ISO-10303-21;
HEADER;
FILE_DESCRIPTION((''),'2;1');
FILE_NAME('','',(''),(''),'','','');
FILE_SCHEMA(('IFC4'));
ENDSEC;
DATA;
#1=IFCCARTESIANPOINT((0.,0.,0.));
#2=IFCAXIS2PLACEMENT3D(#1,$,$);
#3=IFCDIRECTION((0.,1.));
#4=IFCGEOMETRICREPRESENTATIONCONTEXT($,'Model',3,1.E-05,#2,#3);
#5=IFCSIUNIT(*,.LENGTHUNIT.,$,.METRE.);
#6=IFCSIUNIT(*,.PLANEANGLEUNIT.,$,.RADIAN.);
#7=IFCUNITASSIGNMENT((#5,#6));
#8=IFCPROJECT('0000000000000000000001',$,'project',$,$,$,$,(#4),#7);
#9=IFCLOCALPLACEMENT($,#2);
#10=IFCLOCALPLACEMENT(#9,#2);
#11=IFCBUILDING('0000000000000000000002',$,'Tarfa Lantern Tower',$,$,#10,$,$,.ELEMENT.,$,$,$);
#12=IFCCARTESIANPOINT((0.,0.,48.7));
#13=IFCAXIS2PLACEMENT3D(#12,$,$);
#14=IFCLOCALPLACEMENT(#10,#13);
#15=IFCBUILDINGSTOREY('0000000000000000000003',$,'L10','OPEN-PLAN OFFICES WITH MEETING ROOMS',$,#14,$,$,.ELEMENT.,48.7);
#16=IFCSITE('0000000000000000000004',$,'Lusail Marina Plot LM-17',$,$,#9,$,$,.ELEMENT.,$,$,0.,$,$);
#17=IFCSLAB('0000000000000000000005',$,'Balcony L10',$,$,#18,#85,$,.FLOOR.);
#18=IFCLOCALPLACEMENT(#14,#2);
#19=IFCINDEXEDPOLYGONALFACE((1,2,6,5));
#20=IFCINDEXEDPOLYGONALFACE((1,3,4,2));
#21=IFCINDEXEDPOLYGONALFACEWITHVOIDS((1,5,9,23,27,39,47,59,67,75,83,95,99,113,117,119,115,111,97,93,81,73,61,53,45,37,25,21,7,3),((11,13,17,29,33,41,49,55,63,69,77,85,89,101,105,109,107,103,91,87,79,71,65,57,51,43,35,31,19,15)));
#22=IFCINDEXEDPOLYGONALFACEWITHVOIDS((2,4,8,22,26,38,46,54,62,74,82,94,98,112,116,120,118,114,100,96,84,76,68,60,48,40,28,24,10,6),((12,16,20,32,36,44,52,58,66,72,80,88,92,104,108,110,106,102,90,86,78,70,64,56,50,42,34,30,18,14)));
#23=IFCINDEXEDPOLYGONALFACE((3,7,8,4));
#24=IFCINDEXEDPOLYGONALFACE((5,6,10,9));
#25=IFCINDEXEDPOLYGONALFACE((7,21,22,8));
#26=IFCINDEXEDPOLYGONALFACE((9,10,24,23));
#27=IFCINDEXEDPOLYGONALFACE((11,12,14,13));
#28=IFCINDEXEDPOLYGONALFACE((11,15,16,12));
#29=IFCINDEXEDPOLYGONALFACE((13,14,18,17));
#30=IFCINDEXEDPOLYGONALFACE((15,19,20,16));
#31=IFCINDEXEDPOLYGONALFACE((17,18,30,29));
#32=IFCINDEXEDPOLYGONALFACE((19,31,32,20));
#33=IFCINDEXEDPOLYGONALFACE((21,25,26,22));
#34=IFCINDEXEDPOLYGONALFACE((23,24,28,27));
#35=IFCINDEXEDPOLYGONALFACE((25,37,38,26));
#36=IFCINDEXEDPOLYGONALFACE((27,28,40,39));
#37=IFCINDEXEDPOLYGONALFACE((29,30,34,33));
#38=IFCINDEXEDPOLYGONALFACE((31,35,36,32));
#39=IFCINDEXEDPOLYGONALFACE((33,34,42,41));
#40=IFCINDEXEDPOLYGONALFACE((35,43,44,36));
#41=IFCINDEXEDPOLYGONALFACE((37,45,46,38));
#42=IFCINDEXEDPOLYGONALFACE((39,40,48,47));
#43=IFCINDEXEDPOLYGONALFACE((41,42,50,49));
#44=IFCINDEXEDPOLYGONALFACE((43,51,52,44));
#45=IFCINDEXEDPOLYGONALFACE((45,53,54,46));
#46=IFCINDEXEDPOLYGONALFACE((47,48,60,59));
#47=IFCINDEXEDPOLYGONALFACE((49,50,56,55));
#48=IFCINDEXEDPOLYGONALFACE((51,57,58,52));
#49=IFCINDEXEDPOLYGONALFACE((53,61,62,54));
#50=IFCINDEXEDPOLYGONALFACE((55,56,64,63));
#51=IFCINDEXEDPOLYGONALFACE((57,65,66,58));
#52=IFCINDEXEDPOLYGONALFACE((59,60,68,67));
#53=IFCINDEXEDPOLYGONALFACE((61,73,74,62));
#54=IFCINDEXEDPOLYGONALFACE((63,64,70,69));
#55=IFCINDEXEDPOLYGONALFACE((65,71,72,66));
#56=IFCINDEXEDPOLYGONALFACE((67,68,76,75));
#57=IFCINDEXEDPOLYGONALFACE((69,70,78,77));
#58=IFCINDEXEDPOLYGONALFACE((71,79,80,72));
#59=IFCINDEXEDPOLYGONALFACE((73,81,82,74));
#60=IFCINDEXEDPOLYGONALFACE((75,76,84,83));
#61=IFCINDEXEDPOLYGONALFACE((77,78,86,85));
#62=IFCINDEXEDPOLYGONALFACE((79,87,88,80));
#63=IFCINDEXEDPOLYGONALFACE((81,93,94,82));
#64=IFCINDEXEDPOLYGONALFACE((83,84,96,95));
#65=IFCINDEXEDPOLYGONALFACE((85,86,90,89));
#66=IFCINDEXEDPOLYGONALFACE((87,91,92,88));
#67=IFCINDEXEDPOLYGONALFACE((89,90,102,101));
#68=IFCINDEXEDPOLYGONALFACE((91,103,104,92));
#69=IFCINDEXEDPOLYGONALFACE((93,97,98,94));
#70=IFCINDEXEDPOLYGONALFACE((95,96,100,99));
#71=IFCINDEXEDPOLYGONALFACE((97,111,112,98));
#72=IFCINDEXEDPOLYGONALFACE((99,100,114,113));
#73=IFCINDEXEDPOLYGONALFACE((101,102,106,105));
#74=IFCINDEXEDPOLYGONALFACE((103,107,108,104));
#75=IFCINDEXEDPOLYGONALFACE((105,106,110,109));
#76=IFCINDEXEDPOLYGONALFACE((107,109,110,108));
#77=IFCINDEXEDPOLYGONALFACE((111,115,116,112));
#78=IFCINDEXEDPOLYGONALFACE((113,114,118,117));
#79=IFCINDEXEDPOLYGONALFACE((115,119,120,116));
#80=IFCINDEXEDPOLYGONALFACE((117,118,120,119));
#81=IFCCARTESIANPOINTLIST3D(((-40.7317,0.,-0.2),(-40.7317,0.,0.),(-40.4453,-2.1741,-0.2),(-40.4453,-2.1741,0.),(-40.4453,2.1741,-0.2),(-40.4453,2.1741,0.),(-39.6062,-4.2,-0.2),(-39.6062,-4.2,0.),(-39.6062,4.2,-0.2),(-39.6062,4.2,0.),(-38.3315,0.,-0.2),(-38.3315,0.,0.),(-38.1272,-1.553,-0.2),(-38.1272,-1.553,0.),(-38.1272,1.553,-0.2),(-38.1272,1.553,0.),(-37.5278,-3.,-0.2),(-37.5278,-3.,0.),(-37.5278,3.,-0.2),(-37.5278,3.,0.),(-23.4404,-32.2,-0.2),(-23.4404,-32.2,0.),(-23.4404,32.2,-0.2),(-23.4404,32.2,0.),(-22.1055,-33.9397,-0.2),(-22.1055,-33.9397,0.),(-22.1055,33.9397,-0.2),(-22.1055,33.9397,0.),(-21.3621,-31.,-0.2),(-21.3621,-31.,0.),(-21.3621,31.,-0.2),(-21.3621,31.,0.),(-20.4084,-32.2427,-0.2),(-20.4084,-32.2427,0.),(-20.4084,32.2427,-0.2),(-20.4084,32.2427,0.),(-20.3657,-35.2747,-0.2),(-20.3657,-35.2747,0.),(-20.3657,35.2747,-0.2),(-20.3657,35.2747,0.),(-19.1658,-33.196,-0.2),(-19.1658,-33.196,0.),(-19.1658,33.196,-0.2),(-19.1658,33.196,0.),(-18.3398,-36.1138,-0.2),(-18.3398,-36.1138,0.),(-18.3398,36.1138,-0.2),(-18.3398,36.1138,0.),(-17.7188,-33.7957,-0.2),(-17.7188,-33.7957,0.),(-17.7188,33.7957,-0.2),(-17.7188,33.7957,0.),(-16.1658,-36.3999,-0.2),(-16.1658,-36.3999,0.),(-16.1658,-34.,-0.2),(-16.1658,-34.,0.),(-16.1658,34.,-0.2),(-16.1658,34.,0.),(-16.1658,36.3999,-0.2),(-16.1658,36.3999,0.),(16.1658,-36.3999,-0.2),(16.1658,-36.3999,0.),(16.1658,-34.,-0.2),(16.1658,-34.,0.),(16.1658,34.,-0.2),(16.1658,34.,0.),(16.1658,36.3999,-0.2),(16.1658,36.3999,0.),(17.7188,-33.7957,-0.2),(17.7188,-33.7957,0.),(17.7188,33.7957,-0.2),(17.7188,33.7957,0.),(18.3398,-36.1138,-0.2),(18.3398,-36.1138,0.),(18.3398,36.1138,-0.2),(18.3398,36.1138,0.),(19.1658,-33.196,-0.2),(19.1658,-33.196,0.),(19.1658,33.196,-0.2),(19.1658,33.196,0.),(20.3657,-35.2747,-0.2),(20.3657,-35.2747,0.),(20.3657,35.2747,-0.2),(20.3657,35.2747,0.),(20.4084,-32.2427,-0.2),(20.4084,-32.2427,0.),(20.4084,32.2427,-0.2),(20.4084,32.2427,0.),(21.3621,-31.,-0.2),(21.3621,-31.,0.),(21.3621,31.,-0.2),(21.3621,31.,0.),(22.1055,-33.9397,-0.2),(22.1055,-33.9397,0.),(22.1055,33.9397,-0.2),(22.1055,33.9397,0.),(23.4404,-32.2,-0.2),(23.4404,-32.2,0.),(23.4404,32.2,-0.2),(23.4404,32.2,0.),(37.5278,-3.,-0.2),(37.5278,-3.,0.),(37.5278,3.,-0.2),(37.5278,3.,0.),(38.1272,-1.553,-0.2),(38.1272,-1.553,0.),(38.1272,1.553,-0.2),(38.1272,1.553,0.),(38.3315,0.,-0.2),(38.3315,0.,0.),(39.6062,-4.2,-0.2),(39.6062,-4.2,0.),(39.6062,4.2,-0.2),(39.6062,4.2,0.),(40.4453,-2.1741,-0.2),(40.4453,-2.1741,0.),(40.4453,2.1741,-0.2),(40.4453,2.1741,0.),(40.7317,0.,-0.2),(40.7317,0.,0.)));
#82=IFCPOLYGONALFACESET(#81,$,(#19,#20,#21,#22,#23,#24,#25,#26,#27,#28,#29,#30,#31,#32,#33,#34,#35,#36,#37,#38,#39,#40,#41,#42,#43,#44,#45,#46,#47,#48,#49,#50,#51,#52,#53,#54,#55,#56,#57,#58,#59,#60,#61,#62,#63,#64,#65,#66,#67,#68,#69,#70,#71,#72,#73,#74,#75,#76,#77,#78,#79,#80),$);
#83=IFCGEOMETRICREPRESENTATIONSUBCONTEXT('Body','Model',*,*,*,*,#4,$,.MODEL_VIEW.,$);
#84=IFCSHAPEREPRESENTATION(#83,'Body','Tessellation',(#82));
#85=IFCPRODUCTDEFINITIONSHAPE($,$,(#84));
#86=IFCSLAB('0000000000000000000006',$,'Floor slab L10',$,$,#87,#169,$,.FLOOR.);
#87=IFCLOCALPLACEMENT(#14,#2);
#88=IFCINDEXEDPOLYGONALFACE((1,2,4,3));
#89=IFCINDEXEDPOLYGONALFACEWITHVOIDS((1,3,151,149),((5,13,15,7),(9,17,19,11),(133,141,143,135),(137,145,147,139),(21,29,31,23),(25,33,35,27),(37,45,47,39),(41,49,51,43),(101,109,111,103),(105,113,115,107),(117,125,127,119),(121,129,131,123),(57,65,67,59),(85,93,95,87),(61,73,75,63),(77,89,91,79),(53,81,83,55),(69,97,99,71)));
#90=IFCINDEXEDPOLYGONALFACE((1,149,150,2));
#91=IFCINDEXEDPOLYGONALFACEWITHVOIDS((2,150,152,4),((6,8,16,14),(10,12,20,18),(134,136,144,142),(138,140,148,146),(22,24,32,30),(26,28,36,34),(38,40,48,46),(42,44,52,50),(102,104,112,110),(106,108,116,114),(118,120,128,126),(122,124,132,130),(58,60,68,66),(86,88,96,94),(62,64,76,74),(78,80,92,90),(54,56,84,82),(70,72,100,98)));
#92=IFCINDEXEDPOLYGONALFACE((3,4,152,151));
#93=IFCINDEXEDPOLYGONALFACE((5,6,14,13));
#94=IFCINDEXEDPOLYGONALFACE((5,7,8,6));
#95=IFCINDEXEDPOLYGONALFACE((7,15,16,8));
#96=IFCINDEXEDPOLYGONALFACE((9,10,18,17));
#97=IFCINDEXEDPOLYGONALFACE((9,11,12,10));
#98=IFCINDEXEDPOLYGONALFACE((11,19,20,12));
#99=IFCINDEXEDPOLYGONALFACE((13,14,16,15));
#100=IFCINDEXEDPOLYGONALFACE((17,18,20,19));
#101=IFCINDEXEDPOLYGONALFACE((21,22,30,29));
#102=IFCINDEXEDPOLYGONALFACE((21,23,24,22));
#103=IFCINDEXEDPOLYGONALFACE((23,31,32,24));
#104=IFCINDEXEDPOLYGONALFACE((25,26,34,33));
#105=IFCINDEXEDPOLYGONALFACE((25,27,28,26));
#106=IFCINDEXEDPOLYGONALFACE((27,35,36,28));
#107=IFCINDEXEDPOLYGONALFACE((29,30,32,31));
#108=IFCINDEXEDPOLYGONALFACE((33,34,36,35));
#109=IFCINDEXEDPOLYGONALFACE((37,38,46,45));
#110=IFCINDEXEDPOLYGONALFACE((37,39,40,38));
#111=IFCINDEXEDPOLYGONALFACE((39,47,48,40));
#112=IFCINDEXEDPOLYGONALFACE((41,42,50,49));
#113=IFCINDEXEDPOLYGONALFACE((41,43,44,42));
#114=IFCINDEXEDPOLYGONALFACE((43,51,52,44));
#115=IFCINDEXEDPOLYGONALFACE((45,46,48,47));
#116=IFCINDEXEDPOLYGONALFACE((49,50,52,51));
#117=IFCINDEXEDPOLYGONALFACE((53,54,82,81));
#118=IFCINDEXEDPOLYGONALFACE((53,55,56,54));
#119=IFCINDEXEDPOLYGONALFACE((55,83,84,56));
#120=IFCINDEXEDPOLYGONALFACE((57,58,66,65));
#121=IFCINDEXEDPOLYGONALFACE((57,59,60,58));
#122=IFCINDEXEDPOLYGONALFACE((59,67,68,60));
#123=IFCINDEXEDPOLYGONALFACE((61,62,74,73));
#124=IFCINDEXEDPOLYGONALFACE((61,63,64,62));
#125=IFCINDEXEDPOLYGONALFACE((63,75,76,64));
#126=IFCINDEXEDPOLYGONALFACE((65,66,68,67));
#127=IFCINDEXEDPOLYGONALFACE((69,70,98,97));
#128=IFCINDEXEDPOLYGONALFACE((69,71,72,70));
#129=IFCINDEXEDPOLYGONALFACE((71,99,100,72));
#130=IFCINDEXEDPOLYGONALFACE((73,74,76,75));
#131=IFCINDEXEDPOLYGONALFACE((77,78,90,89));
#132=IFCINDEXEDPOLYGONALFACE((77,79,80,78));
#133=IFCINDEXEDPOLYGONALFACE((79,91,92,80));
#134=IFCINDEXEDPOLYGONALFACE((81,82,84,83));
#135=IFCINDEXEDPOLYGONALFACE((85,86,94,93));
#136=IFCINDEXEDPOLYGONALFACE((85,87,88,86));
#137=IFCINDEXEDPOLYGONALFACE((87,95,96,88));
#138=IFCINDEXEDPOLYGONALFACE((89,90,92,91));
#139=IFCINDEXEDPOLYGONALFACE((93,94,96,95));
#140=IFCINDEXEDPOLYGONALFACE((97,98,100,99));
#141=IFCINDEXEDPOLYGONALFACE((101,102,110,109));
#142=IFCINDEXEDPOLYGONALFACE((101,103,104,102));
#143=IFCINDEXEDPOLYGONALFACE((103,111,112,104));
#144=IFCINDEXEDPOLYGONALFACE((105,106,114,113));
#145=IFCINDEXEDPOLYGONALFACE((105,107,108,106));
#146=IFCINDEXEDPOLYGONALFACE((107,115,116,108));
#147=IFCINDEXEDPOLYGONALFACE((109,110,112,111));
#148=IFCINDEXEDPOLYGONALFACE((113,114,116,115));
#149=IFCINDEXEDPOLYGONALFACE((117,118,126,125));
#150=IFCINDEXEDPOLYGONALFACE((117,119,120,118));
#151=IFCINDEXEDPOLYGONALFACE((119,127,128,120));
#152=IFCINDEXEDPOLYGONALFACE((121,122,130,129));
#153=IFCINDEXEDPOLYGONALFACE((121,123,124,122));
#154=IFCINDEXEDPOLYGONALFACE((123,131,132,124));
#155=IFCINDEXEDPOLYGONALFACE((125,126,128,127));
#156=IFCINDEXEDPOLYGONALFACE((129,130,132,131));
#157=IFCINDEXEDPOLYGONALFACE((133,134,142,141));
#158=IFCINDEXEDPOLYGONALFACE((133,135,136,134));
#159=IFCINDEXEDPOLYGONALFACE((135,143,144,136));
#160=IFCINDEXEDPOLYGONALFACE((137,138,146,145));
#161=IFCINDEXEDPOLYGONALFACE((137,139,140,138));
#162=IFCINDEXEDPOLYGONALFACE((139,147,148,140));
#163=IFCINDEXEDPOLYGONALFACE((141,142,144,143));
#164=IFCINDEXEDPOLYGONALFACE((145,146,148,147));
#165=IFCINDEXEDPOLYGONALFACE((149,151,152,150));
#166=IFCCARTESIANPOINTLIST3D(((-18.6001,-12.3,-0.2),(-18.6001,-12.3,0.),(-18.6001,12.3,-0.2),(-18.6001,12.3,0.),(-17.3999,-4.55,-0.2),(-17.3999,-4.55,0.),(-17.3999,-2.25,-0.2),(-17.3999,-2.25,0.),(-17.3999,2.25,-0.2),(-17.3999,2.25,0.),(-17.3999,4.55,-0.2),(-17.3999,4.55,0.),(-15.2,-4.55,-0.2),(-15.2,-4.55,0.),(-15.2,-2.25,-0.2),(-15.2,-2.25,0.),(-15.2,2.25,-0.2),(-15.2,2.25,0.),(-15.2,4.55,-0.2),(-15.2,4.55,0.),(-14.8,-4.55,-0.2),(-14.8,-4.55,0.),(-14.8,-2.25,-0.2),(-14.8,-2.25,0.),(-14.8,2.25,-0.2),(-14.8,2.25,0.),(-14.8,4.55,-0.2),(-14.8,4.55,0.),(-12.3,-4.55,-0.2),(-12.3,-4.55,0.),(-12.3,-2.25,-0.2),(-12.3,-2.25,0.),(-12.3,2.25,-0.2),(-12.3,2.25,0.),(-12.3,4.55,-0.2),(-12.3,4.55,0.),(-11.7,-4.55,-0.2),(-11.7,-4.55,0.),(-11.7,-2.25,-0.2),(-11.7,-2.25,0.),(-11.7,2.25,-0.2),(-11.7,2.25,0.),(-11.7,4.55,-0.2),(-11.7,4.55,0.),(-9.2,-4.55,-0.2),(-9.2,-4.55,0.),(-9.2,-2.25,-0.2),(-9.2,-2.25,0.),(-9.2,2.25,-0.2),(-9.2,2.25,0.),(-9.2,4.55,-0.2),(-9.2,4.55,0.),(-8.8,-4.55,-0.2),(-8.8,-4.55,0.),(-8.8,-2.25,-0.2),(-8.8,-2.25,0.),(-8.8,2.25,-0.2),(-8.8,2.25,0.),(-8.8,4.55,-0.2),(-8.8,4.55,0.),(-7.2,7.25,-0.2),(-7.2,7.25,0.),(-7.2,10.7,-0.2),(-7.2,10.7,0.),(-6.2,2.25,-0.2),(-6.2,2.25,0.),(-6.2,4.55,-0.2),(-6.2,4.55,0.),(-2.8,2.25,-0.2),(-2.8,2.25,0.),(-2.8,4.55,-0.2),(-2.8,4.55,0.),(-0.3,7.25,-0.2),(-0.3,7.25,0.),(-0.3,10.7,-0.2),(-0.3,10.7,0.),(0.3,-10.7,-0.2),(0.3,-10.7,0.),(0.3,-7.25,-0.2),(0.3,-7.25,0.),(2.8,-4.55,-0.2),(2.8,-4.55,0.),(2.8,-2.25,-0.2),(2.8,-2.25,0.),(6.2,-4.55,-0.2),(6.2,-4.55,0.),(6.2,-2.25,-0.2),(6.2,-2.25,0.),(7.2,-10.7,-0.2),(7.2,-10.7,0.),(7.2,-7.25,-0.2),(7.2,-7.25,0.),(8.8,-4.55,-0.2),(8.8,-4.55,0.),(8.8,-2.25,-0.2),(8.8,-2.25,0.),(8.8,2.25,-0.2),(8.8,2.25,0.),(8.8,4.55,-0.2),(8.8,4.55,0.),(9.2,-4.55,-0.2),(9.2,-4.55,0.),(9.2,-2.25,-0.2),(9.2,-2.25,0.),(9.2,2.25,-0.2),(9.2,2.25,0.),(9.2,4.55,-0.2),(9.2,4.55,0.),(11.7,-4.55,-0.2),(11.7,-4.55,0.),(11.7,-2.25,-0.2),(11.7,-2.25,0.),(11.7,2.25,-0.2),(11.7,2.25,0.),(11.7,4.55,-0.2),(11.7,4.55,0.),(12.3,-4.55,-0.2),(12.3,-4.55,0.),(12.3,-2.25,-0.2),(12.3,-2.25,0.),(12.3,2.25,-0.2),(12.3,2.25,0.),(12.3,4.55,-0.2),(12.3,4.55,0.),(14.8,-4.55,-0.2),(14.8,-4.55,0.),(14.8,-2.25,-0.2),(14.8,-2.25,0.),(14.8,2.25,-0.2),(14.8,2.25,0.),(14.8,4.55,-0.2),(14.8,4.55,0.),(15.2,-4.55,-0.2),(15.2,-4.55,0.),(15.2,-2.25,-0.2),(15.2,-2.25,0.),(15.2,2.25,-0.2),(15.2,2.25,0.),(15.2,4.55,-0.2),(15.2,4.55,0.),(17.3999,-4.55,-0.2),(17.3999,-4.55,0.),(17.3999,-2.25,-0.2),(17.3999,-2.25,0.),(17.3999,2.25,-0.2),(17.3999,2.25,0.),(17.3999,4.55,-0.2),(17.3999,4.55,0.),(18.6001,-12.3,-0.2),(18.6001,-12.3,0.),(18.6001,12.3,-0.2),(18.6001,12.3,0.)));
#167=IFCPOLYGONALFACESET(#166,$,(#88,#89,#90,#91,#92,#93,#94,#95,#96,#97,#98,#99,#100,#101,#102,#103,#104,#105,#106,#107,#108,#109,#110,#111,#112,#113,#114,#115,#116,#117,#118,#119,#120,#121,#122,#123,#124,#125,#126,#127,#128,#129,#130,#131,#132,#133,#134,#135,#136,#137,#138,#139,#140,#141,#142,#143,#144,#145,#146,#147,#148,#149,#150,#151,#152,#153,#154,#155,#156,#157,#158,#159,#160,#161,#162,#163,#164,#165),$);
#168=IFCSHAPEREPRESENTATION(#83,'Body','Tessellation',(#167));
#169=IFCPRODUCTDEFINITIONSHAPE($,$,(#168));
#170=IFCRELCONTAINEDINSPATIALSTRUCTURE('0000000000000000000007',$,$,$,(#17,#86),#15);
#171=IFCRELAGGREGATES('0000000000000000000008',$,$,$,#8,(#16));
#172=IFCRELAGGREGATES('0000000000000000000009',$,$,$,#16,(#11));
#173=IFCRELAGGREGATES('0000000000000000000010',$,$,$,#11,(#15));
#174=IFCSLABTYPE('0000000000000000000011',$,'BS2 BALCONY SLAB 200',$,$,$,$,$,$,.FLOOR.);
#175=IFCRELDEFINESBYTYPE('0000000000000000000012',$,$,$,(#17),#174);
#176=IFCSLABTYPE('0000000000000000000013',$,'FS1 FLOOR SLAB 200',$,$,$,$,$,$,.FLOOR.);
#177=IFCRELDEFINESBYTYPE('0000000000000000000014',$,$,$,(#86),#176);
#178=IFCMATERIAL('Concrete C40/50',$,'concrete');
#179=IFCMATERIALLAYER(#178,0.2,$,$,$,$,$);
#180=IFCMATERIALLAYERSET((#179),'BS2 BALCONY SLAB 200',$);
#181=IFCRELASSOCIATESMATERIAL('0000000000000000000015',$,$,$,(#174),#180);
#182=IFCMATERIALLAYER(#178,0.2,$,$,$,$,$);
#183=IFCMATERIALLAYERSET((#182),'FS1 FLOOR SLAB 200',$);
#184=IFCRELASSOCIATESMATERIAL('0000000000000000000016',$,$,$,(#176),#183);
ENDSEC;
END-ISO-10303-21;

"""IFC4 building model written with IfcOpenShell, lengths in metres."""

from ifc_helpers import new_model, si_unit, direction, frame, origin, place, context, subcontext, project, spatial, polyline, outline, extrude, material, layer, layer_set, type_object, element, save


model = new_model("IFC4")

# Units and contexts
model_context = context("Model", 3, precision=1e-05, world=origin(), true_north=direction((0.0, 1.0)))
body_context = subcontext(model_context, "Body", "Model", "MODEL_VIEW")
ifc_project = project(units=[si_unit("LENGTHUNIT", "METRE"), si_unit("PLANEANGLEUNIT", "RADIAN")], contexts=[model_context])

# Site, building, storey
site_placement = place(None, origin())
site = spatial("IfcSite", under=ifc_project, at=site_placement, Name="Lusail Marina Plot LM-17", CompositionType="ELEMENT", RefElevation=0.0)
building_placement = place(site_placement, origin())
building = spatial("IfcBuilding", under=site, at=building_placement, Name="Tarfa Lantern Tower", CompositionType="ELEMENT")
storey_placement = place(building_placement, frame((0.0, 0.0, 48.7)))
storey = spatial("IfcBuildingStorey", under=building, at=storey_placement, Name="L10", Description="OPEN-PLAN OFFICES WITH MEETING ROOMS", CompositionType="ELEMENT", Elevation=48.7)

# Slabs
ifc_material_1 = material(Name="Concrete C40/50", Category="concrete")
ifc_layer_1 = layer(ifc_material_1, 0.2)
ifc_layer_set_1 = layer_set([ifc_layer_1], Name="BS2 BALCONY SLAB 200")
slab_type_1 = type_object("IfcSlabType", Name="BS2 BALCONY SLAB 200", PredefinedType="FLOOR", material=ifc_layer_set_1)
slab_1_placement = place(storey_placement, frame((0.0, 0.0, -0.2)))
element("IfcSlab", 1, at=slab_1_placement, inside=storey, type_object=slab_type_1, Name="Balcony L10", PredefinedType="FLOOR", context=body_context, shape_type="SweptSolid", body=[
    extrude(outline(polyline([(39.6062, 4.2), (23.4404, 32.2), (22.1055, 33.9397), (20.3657, 35.2747), (18.3398, 36.1138), (16.1658, 36.3999), (-16.1658, 36.3999), (-18.3398, 36.1138), (-20.3657, 35.2747), (-22.1055, 33.9397), (-23.4404, 32.2), (-39.6062, 4.2), (-40.4453, 2.1741), (-40.7317, 0.0), (-40.4453, -2.1741), (-39.6062, -4.2), (-23.4404, -32.2), (-22.1055, -33.9397), (-20.3657, -35.2747), (-18.3398, -36.1138), (-16.1658, -36.3999), (16.1658, -36.3999), (18.3398, -36.1138), (20.3657, -35.2747), (22.1055, -33.9397), (23.4404, -32.2), (39.6062, -4.2), (40.4453, -2.1741), (40.7317, 0.0), (40.4453, 2.1741), (39.6062, 4.2)]), holes=[polyline([(37.5278, 3.0), (21.3621, 31.0), (20.4084, 32.2427), (19.1658, 33.196), (17.7188, 33.7957), (16.1658, 34.0), (-16.1658, 34.0), (-17.7188, 33.7957), (-19.1658, 33.196), (-20.4084, 32.2427), (-21.3621, 31.0), (-37.5278, 3.0), (-38.1272, 1.553), (-38.3315, 0.0), (-38.1272, -1.553), (-37.5278, -3.0), (-21.3621, -31.0), (-20.4084, -32.2427), (-19.1658, -33.196), (-17.7188, -33.7957), (-16.1658, -34.0), (16.1658, -34.0), (17.7188, -33.7957), (19.1658, -33.196), (20.4084, -32.2427), (21.3621, -31.0), (37.5278, -3.0), (38.1272, -1.553), (38.3315, 0.0), (38.1272, 1.553), (37.5278, 3.0)])]), origin(), (0.0, 0.0, 1.0), 0.2),
])
ifc_layer_2 = layer(ifc_material_1, 0.2)
ifc_layer_set_2 = layer_set([ifc_layer_2], Name="FS1 FLOOR SLAB 200")
slab_type_2 = type_object("IfcSlabType", Name="FS1 FLOOR SLAB 200", PredefinedType="FLOOR", material=ifc_layer_set_2)
slab_2_placement = place(storey_placement, frame((0.0, 0.0, -0.2)))
element("IfcSlab", 2, at=slab_2_placement, inside=storey, type_object=slab_type_2, Name="Floor slab L10", PredefinedType="FLOOR", context=body_context, shape_type="SweptSolid", body=[
    extrude(outline(polyline([(-18.6001, -12.3), (18.6001, -12.3), (18.6001, 12.3), (-18.6001, 12.3), (-18.6001, -12.3)]), holes=[polyline([(-17.3999, 2.25), (-15.2, 2.25), (-15.2, 4.55), (-17.3999, 4.55), (-17.3999, 2.25)]), polyline([(-14.8, 2.25), (-12.3, 2.25), (-12.3, 4.55), (-14.8, 4.55), (-14.8, 2.25)]), polyline([(-11.7, 2.25), (-9.2, 2.25), (-9.2, 4.55), (-11.7, 4.55), (-11.7, 2.25)]), polyline([(-8.8, 2.25), (-6.2, 2.25), (-6.2, 4.55), (-8.8, 4.55), (-8.8, 2.25)]), polyline([(-2.8, 2.25), (8.8, 2.25), (8.8, 4.55), (-2.8, 4.55), (-2.8, 2.25)]), polyline([(9.2, 2.25), (11.7, 2.25), (11.7, 4.55), (9.2, 4.55), (9.2, 2.25)]), polyline([(12.3, 2.25), (14.8, 2.25), (14.8, 4.55), (12.3, 4.55), (12.3, 2.25)]), polyline([(15.2, 2.25), (17.3999, 2.25), (17.3999, 4.55), (15.2, 4.55), (15.2, 2.25)]), polyline([(17.3999, -2.25), (15.2, -2.25), (15.2, -4.55), (17.3999, -4.55), (17.3999, -2.25)]), polyline([(14.8, -2.25), (12.3, -2.25), (12.3, -4.55), (14.8, -4.55), (14.8, -2.25)]), polyline([(11.7, -2.25), (9.2, -2.25), (9.2, -4.55), (11.7, -4.55), (11.7, -2.25)]), polyline([(8.8, -2.25), (6.2, -2.25), (6.2, -4.55), (8.8, -4.55), (8.8, -2.25)]), polyline([(2.8, -2.25), (-8.8, -2.25), (-8.8, -4.55), (2.8, -4.55), (2.8, -2.25)]), polyline([(-9.2, -2.25), (-11.7, -2.25), (-11.7, -4.55), (-9.2, -4.55), (-9.2, -2.25)]), polyline([(-12.3, -2.25), (-14.8, -2.25), (-14.8, -4.55), (-12.3, -4.55), (-12.3, -2.25)]), polyline([(-15.2, -2.25), (-17.3999, -2.25), (-17.3999, -4.55), (-15.2, -4.55), (-15.2, -2.25)]), polyline([(-7.2, 7.25), (-0.3, 7.25), (-0.3, 10.7), (-7.2, 10.7), (-7.2, 7.25)]), polyline([(7.2, -7.25), (0.3, -7.25), (0.3, -10.7), (7.2, -10.7), (7.2, -7.25)])]), origin(), (0.0, 0.0, 1.0), 0.2),
])

save(model, "model.ifc")
